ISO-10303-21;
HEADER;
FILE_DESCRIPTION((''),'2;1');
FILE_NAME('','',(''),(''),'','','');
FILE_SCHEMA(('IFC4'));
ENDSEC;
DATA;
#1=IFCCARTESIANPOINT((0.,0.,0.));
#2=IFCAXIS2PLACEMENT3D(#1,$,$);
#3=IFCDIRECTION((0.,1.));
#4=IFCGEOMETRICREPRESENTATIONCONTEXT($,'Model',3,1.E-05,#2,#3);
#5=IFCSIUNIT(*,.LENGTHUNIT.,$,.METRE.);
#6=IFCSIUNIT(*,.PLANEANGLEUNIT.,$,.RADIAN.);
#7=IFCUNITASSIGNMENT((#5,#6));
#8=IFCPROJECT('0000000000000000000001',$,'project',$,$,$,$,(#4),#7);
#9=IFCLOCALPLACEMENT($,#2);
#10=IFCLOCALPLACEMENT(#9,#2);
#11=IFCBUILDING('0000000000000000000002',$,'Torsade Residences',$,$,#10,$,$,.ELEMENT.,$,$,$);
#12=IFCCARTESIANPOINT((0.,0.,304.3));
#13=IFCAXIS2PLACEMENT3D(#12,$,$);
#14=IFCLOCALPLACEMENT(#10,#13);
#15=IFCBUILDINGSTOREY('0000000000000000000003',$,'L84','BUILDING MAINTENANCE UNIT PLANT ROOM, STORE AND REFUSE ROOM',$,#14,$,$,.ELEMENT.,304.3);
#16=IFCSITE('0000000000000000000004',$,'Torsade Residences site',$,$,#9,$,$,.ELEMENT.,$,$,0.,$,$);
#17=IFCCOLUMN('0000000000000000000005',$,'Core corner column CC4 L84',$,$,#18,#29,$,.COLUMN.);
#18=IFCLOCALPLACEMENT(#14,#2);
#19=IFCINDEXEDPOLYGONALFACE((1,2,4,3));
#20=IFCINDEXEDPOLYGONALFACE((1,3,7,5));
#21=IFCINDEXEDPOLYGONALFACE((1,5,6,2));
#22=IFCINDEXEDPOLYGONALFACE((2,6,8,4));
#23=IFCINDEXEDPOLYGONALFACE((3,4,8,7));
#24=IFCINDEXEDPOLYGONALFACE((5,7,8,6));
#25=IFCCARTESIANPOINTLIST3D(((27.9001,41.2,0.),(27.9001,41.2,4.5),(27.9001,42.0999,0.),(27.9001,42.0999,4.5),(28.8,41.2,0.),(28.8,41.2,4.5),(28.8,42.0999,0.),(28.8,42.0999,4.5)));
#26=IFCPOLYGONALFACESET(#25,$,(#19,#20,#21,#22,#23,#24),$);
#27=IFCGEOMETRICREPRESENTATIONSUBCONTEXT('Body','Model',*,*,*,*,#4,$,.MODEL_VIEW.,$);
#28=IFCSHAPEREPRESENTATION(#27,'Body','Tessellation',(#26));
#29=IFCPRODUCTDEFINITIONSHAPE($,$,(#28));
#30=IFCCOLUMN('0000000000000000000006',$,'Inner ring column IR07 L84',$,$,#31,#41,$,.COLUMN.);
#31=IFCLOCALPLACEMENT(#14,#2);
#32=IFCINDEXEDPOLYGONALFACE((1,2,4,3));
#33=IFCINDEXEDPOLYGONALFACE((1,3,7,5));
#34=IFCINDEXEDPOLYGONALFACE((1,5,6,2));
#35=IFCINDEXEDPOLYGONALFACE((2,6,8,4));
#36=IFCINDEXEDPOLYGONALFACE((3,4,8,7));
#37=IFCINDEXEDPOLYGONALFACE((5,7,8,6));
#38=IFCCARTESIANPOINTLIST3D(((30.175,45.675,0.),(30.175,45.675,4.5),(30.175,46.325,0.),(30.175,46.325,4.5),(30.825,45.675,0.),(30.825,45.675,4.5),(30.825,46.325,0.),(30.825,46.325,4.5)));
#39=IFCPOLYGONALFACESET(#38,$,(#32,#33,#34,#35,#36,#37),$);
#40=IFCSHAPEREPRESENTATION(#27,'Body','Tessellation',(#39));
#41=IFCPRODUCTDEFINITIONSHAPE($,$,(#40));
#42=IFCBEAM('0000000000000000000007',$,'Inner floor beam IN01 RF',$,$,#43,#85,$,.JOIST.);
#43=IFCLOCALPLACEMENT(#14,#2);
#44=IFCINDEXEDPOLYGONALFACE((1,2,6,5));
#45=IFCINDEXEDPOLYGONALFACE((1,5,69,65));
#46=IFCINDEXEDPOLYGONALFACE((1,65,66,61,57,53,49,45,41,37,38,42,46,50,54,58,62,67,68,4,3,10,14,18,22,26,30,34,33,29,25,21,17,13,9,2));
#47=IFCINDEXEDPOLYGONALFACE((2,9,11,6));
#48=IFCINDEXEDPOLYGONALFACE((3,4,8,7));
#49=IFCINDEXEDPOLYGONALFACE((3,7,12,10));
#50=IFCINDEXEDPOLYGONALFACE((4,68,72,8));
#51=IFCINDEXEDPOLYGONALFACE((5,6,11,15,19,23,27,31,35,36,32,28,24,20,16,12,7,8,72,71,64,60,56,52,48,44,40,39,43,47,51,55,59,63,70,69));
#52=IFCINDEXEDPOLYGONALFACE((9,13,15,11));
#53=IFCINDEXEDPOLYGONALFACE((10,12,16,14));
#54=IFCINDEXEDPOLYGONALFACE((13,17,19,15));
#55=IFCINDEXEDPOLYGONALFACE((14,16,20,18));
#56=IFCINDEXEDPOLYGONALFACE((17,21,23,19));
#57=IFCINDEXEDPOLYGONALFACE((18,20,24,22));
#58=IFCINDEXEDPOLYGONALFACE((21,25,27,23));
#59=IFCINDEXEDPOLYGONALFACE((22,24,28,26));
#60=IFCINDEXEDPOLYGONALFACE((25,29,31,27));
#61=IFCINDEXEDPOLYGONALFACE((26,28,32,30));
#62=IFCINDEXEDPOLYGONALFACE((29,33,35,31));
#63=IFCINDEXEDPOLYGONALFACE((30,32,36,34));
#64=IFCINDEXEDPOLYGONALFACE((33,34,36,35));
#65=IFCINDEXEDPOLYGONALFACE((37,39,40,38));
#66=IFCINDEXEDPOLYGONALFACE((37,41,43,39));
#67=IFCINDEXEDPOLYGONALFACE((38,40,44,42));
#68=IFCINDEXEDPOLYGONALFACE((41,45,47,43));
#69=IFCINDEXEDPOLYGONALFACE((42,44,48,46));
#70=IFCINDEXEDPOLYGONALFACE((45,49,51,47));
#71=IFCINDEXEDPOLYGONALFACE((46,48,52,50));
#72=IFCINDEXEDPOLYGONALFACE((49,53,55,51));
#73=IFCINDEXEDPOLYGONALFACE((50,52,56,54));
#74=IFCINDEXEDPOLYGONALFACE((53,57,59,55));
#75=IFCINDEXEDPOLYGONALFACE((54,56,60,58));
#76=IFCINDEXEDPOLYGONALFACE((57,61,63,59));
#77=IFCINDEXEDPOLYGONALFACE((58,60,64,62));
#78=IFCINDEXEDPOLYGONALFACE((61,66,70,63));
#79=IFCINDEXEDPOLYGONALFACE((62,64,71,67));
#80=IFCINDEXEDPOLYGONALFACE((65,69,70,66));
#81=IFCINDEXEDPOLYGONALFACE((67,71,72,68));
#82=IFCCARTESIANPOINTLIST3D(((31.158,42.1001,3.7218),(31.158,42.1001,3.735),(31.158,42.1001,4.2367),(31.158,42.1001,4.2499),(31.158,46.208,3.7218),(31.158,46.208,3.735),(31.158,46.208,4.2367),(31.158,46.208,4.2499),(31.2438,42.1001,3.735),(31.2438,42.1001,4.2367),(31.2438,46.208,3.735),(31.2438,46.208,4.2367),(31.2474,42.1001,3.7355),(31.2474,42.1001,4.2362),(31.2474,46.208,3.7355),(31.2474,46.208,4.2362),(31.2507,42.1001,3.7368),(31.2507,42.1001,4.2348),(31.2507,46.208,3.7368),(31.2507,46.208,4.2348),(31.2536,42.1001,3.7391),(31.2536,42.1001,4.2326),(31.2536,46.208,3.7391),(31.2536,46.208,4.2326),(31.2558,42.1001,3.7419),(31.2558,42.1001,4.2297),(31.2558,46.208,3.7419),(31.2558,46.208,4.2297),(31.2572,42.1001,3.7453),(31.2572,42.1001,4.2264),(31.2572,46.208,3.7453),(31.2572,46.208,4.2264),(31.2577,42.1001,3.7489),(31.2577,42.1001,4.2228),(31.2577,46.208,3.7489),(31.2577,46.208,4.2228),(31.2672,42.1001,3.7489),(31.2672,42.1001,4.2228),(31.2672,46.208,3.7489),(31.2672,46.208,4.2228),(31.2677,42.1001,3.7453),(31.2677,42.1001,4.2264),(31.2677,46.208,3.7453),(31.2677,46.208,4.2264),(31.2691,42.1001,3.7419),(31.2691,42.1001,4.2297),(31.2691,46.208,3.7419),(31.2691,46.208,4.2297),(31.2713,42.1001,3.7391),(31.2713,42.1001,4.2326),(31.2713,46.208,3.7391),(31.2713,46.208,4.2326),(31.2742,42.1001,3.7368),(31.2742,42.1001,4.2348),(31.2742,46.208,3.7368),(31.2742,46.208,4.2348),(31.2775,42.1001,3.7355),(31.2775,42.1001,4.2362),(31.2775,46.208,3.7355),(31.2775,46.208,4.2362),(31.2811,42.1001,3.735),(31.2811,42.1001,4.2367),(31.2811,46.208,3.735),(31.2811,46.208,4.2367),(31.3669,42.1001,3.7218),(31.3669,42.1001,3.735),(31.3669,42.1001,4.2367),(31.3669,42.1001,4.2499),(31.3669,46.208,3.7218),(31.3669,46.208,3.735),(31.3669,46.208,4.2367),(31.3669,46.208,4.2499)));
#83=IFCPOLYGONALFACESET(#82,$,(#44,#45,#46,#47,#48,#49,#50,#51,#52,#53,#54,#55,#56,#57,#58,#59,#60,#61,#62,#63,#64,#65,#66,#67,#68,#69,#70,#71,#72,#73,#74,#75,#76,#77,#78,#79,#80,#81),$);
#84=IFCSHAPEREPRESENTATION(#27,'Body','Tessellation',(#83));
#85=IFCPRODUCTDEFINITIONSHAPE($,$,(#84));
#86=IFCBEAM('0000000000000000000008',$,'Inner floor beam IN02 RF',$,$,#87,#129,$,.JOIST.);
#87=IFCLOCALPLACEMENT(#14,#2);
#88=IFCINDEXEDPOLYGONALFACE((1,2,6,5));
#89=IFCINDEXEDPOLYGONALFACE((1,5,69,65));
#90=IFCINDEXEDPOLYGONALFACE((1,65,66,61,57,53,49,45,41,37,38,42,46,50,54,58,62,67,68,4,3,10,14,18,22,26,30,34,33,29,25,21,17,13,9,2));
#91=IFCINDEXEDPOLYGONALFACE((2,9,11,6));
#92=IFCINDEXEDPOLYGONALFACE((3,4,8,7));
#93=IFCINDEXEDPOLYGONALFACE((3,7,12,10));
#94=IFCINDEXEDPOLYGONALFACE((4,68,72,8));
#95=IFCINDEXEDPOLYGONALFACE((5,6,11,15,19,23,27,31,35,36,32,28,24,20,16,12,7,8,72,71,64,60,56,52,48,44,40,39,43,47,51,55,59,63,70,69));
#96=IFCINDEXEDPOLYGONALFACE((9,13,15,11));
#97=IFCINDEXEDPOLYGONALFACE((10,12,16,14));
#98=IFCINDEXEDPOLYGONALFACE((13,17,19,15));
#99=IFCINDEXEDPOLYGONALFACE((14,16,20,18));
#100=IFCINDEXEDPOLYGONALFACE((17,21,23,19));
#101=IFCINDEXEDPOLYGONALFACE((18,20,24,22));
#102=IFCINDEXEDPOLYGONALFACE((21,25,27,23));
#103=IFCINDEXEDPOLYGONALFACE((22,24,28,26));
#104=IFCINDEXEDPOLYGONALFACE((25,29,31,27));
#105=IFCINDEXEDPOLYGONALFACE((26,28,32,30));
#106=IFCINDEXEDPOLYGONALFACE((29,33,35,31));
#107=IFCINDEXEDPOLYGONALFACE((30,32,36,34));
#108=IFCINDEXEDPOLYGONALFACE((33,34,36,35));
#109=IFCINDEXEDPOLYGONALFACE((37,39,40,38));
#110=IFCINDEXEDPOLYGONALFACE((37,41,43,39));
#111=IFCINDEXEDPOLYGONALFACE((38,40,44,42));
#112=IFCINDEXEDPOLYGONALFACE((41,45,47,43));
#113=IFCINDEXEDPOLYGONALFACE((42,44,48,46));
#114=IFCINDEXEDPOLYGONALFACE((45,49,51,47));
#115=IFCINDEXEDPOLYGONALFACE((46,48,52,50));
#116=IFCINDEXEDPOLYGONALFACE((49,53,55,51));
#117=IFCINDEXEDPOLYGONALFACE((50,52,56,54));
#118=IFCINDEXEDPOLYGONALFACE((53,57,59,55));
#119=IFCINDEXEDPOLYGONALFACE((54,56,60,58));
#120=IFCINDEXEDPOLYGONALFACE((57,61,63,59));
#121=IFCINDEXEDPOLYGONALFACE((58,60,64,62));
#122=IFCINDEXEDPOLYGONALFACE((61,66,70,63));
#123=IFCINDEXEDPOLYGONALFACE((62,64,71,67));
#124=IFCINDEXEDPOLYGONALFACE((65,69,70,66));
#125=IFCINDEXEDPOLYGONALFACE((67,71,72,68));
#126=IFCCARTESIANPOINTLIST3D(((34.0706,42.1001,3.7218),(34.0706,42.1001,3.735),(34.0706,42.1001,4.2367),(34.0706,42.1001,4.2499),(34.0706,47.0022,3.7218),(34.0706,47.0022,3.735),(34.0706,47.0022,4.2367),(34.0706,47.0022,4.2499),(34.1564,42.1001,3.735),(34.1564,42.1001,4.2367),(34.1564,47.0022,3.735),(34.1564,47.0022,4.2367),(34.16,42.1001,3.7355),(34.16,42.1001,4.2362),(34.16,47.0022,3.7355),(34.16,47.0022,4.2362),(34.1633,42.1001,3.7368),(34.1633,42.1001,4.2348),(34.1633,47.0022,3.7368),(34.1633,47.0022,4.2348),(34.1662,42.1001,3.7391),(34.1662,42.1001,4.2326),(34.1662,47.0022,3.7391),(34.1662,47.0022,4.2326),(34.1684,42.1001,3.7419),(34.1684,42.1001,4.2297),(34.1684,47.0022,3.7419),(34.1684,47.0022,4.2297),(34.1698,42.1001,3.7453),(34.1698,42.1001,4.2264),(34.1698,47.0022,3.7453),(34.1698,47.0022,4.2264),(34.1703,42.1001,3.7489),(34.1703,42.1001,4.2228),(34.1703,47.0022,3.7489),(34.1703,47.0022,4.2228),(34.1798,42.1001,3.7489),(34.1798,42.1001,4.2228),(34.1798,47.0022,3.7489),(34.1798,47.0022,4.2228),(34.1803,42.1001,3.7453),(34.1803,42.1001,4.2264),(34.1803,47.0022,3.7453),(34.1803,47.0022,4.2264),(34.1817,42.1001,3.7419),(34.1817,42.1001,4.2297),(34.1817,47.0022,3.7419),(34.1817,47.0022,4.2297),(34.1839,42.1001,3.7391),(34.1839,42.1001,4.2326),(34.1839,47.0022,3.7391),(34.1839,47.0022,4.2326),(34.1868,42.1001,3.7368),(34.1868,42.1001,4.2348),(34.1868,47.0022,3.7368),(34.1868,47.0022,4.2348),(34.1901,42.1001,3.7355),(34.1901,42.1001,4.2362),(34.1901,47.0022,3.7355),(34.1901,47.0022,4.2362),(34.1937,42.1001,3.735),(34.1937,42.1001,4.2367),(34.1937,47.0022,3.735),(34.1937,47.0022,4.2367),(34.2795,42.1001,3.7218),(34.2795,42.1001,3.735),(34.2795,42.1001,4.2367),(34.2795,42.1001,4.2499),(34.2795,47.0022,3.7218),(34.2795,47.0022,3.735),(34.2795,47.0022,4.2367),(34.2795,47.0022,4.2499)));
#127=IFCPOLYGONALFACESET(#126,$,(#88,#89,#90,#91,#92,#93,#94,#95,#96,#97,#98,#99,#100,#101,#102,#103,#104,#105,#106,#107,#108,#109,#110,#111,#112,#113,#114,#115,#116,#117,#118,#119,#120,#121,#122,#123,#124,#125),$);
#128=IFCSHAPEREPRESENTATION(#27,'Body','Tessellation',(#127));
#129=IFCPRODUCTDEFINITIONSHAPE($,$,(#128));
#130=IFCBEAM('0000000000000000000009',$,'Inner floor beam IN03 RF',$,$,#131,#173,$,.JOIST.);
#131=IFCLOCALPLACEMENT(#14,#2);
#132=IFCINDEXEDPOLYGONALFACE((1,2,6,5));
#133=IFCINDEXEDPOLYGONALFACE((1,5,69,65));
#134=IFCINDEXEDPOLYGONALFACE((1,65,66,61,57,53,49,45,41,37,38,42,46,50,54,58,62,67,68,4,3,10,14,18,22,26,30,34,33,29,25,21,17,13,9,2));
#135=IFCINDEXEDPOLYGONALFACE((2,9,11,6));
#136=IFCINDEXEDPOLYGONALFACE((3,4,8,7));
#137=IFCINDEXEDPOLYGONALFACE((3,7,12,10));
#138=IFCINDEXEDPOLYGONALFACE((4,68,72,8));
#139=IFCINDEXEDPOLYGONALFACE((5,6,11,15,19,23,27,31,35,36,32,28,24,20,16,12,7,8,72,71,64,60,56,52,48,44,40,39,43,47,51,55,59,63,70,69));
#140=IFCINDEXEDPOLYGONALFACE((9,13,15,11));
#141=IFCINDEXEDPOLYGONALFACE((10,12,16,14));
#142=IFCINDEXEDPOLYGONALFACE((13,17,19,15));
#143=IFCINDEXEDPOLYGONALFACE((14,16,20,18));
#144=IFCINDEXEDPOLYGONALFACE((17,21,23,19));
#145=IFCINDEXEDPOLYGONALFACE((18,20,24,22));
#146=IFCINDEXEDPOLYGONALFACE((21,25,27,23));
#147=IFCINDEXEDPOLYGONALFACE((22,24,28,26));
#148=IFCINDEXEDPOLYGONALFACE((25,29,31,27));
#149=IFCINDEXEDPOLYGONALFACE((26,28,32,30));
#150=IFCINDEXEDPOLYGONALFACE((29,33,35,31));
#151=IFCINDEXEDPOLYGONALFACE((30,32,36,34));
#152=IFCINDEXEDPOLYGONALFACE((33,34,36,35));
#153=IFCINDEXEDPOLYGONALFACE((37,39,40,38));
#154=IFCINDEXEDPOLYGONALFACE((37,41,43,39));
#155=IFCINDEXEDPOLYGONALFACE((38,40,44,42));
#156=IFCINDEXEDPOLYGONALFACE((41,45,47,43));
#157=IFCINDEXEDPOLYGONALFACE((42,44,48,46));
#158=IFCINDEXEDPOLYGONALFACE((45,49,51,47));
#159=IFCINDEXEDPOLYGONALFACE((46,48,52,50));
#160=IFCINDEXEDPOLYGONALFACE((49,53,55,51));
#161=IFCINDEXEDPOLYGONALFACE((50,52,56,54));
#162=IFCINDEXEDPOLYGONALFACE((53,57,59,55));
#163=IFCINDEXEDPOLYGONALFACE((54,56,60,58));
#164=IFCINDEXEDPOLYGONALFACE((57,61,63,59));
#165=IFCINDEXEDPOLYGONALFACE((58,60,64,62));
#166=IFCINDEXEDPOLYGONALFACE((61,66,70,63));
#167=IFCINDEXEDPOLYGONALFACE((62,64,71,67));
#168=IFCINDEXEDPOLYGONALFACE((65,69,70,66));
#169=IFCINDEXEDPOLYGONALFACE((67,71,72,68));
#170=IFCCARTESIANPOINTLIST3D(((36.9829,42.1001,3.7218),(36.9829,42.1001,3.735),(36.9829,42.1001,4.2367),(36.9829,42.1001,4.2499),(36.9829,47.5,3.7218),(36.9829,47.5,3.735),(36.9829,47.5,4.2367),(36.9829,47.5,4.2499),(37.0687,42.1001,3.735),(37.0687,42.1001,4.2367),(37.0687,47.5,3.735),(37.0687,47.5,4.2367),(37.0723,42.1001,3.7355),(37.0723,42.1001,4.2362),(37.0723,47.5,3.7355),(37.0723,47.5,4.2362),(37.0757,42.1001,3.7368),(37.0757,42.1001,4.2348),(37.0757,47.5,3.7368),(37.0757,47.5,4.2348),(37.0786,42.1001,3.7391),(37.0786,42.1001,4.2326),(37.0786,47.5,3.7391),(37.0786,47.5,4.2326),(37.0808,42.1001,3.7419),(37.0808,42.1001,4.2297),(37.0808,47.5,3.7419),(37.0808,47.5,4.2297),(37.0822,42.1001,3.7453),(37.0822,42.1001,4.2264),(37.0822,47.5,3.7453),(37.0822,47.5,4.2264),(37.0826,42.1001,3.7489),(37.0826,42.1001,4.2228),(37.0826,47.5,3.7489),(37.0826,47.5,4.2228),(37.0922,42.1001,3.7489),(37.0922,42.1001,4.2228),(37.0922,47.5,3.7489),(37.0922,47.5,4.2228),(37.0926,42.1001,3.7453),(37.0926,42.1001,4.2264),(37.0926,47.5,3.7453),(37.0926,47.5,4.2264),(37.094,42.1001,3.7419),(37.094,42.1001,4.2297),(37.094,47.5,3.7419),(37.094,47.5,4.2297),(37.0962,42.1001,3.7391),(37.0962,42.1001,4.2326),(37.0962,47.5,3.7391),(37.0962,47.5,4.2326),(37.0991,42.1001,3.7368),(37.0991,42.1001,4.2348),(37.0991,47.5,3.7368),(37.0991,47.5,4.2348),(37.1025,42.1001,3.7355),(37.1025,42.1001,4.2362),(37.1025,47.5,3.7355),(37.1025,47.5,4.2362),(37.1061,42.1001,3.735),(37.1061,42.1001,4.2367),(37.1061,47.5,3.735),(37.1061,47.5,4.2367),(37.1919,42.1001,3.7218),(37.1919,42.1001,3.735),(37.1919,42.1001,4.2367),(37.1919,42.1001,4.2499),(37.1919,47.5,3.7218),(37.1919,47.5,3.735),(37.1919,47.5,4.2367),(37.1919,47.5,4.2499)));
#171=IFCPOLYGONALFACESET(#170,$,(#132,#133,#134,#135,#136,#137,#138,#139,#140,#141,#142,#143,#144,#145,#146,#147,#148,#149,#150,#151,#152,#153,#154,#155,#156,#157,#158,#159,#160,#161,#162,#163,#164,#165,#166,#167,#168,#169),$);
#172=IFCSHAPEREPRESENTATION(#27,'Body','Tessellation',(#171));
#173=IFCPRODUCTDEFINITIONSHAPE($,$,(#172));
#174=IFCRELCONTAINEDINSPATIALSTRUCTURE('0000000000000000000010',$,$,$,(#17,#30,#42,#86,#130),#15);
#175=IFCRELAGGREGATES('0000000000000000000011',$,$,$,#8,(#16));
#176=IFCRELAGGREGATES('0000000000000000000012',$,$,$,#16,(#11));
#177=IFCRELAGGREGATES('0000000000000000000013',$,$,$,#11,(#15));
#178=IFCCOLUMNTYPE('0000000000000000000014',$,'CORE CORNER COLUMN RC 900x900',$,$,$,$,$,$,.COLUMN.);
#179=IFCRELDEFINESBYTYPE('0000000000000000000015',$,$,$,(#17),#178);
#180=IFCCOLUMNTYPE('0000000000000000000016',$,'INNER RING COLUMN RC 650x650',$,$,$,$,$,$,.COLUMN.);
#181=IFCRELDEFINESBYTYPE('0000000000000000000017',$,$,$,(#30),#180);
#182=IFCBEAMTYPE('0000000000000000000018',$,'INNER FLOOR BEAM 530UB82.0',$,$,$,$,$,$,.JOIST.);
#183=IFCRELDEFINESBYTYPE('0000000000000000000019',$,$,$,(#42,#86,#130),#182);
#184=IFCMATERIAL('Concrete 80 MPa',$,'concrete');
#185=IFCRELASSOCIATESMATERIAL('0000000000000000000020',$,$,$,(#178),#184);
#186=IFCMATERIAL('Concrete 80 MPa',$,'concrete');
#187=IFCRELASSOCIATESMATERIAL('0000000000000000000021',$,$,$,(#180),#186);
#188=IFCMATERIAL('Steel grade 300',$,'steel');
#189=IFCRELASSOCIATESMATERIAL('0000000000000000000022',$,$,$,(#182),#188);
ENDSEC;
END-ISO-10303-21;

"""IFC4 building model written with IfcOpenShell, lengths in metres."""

from ifc_helpers import new_model, si_unit, direction, frame, origin, origin_2d, place, context, subcontext, project, spatial, rectangle, i_section, extrude, material, material_profile, profile_set, type_object, element, save


model = new_model("IFC4")

# Units and contexts
model_context = context("Model", 3, precision=1e-05, world=origin(), true_north=direction((0.0, 1.0)))
body_context = subcontext(model_context, "Body", "Model", "MODEL_VIEW")
ifc_project = project(units=[si_unit("LENGTHUNIT", "METRE"), si_unit("PLANEANGLEUNIT", "RADIAN")], contexts=[model_context])

# Site, building, storey
site_placement = place(None, origin())
site = spatial("IfcSite", under=ifc_project, at=site_placement, Name="Torsade Residences site", CompositionType="ELEMENT", RefElevation=0.0)
building_placement = place(site_placement, origin())
building = spatial("IfcBuilding", under=site, at=building_placement, Name="Torsade Residences", CompositionType="ELEMENT")
storey_placement = place(building_placement, frame((0.0, 0.0, 304.3)))
storey = spatial("IfcBuildingStorey", under=building, at=storey_placement, Name="L84", Description="BUILDING MAINTENANCE UNIT PLANT ROOM, STORE AND REFUSE ROOM", CompositionType="ELEMENT", Elevation=304.3)

# Columns
ifc_material_1 = material(Name="Concrete 80 MPa", Category="concrete")
ifc_material_profile_1 = material_profile(ifc_material_1, rectangle(XDim=0.8999, YDim=0.8999, at=origin_2d()), Name="RC 900x900")
ifc_profile_set_1 = profile_set([ifc_material_profile_1], Name="Concrete 80 MPa")
column_type_1 = type_object("IfcColumnType", Name="CORE CORNER COLUMN RC 900x900", PredefinedType="COLUMN", material=ifc_profile_set_1)
column_1_placement = place(storey_placement, frame((28.3501, 41.6499, 0.0), z_axis=(0.0, 0.0, 1.0), x_axis=(1.0, 0.0, 0.0)))
element("IfcColumn", 1, at=column_1_placement, inside=storey, type_object=column_type_1, Name="Core corner column CC4 L84", PredefinedType="COLUMN", context=body_context, shape_type="SweptSolid", body=[
    extrude(rectangle(XDim=0.8999, YDim=0.8999, at=origin_2d()), origin(), (0.0, 0.0, 1.0), 4.5),
])
ifc_material_2 = material(Name="Concrete 80 MPa", Category="concrete")
ifc_material_profile_2 = material_profile(ifc_material_2, rectangle(XDim=0.6499, YDim=0.6499, at=origin_2d()), Name="RC 650x650")
ifc_profile_set_2 = profile_set([ifc_material_profile_2], Name="Concrete 80 MPa")
column_type_2 = type_object("IfcColumnType", Name="INNER RING COLUMN RC 650x650", PredefinedType="COLUMN", material=ifc_profile_set_2)
column_2_placement = place(storey_placement, frame((30.5, 46.0, 0.0), z_axis=(0.0, 0.0, 1.0), x_axis=(1.0, 0.0, 0.0)))
element("IfcColumn", 2, at=column_2_placement, inside=storey, type_object=column_type_2, Name="Inner ring column IR07 L84", PredefinedType="COLUMN", context=body_context, shape_type="SweptSolid", body=[
    extrude(rectangle(XDim=0.6499, YDim=0.6499, at=origin_2d()), origin(), (0.0, 0.0, 1.0), 4.5),
])

# Beams
ifc_material_3 = material(Name="Steel grade 300", Category="steel")
ifc_material_profile_3 = material_profile(ifc_material_3, i_section(OverallWidth=0.209, OverallDepth=0.5281, WebThickness=0.0095, FlangeThickness=0.0132, FilletRadius=0.0139, at=origin_2d()), Name="530UB82.0")
ifc_profile_set_3 = profile_set([ifc_material_profile_3], Name="Steel grade 300")
beam_type_1 = type_object("IfcBeamType", Name="INNER FLOOR BEAM 530UB82.0", PredefinedType="JOIST", material=ifc_profile_set_3)
beam_1_placement = place(storey_placement, frame((31.2625, 42.1001, 3.9858), z_axis=(0.0, 1.0, 0.0), x_axis=(-1.0, 0.0, 0.0)))
element("IfcBeam", 3, at=beam_1_placement, inside=storey, type_object=beam_type_1, Name="Inner floor beam IN01 RF", PredefinedType="JOIST", context=body_context, shape_type="SweptSolid", body=[
    extrude(i_section(OverallWidth=0.209, OverallDepth=0.5281, WebThickness=0.0095, FlangeThickness=0.0132, FilletRadius=0.0139, at=origin_2d()), origin(), (0.0, 0.0, 1.0), 4.1079),
])
beam_2_placement = place(storey_placement, frame((34.175, 42.1001, 3.9858), z_axis=(0.0, 1.0, 0.0), x_axis=(-1.0, 0.0, 0.0)))
element("IfcBeam", 4, at=beam_2_placement, inside=storey, type_object=beam_type_1, Name="Inner floor beam IN02 RF", PredefinedType="JOIST", context=body_context, shape_type="SweptSolid", body=[
    extrude(i_section(OverallWidth=0.209, OverallDepth=0.5281, WebThickness=0.0095, FlangeThickness=0.0132, FilletRadius=0.0139, at=origin_2d()), origin(), (0.0, 0.0, 1.0), 4.9021),
])
beam_3_placement = place(storey_placement, frame((37.0874, 42.1001, 3.9858), z_axis=(0.0, 1.0, 0.0), x_axis=(-1.0, 0.0, 0.0)))
element("IfcBeam", 5, at=beam_3_placement, inside=storey, type_object=beam_type_1, Name="Inner floor beam IN03 RF", PredefinedType="JOIST", context=body_context, shape_type="SweptSolid", body=[
    extrude(i_section(OverallWidth=0.209, OverallDepth=0.5281, WebThickness=0.0095, FlangeThickness=0.0132, FilletRadius=0.0139, at=origin_2d()), origin(), (0.0, 0.0, 1.0), 5.3999),
])

save(model, "model.ifc")
